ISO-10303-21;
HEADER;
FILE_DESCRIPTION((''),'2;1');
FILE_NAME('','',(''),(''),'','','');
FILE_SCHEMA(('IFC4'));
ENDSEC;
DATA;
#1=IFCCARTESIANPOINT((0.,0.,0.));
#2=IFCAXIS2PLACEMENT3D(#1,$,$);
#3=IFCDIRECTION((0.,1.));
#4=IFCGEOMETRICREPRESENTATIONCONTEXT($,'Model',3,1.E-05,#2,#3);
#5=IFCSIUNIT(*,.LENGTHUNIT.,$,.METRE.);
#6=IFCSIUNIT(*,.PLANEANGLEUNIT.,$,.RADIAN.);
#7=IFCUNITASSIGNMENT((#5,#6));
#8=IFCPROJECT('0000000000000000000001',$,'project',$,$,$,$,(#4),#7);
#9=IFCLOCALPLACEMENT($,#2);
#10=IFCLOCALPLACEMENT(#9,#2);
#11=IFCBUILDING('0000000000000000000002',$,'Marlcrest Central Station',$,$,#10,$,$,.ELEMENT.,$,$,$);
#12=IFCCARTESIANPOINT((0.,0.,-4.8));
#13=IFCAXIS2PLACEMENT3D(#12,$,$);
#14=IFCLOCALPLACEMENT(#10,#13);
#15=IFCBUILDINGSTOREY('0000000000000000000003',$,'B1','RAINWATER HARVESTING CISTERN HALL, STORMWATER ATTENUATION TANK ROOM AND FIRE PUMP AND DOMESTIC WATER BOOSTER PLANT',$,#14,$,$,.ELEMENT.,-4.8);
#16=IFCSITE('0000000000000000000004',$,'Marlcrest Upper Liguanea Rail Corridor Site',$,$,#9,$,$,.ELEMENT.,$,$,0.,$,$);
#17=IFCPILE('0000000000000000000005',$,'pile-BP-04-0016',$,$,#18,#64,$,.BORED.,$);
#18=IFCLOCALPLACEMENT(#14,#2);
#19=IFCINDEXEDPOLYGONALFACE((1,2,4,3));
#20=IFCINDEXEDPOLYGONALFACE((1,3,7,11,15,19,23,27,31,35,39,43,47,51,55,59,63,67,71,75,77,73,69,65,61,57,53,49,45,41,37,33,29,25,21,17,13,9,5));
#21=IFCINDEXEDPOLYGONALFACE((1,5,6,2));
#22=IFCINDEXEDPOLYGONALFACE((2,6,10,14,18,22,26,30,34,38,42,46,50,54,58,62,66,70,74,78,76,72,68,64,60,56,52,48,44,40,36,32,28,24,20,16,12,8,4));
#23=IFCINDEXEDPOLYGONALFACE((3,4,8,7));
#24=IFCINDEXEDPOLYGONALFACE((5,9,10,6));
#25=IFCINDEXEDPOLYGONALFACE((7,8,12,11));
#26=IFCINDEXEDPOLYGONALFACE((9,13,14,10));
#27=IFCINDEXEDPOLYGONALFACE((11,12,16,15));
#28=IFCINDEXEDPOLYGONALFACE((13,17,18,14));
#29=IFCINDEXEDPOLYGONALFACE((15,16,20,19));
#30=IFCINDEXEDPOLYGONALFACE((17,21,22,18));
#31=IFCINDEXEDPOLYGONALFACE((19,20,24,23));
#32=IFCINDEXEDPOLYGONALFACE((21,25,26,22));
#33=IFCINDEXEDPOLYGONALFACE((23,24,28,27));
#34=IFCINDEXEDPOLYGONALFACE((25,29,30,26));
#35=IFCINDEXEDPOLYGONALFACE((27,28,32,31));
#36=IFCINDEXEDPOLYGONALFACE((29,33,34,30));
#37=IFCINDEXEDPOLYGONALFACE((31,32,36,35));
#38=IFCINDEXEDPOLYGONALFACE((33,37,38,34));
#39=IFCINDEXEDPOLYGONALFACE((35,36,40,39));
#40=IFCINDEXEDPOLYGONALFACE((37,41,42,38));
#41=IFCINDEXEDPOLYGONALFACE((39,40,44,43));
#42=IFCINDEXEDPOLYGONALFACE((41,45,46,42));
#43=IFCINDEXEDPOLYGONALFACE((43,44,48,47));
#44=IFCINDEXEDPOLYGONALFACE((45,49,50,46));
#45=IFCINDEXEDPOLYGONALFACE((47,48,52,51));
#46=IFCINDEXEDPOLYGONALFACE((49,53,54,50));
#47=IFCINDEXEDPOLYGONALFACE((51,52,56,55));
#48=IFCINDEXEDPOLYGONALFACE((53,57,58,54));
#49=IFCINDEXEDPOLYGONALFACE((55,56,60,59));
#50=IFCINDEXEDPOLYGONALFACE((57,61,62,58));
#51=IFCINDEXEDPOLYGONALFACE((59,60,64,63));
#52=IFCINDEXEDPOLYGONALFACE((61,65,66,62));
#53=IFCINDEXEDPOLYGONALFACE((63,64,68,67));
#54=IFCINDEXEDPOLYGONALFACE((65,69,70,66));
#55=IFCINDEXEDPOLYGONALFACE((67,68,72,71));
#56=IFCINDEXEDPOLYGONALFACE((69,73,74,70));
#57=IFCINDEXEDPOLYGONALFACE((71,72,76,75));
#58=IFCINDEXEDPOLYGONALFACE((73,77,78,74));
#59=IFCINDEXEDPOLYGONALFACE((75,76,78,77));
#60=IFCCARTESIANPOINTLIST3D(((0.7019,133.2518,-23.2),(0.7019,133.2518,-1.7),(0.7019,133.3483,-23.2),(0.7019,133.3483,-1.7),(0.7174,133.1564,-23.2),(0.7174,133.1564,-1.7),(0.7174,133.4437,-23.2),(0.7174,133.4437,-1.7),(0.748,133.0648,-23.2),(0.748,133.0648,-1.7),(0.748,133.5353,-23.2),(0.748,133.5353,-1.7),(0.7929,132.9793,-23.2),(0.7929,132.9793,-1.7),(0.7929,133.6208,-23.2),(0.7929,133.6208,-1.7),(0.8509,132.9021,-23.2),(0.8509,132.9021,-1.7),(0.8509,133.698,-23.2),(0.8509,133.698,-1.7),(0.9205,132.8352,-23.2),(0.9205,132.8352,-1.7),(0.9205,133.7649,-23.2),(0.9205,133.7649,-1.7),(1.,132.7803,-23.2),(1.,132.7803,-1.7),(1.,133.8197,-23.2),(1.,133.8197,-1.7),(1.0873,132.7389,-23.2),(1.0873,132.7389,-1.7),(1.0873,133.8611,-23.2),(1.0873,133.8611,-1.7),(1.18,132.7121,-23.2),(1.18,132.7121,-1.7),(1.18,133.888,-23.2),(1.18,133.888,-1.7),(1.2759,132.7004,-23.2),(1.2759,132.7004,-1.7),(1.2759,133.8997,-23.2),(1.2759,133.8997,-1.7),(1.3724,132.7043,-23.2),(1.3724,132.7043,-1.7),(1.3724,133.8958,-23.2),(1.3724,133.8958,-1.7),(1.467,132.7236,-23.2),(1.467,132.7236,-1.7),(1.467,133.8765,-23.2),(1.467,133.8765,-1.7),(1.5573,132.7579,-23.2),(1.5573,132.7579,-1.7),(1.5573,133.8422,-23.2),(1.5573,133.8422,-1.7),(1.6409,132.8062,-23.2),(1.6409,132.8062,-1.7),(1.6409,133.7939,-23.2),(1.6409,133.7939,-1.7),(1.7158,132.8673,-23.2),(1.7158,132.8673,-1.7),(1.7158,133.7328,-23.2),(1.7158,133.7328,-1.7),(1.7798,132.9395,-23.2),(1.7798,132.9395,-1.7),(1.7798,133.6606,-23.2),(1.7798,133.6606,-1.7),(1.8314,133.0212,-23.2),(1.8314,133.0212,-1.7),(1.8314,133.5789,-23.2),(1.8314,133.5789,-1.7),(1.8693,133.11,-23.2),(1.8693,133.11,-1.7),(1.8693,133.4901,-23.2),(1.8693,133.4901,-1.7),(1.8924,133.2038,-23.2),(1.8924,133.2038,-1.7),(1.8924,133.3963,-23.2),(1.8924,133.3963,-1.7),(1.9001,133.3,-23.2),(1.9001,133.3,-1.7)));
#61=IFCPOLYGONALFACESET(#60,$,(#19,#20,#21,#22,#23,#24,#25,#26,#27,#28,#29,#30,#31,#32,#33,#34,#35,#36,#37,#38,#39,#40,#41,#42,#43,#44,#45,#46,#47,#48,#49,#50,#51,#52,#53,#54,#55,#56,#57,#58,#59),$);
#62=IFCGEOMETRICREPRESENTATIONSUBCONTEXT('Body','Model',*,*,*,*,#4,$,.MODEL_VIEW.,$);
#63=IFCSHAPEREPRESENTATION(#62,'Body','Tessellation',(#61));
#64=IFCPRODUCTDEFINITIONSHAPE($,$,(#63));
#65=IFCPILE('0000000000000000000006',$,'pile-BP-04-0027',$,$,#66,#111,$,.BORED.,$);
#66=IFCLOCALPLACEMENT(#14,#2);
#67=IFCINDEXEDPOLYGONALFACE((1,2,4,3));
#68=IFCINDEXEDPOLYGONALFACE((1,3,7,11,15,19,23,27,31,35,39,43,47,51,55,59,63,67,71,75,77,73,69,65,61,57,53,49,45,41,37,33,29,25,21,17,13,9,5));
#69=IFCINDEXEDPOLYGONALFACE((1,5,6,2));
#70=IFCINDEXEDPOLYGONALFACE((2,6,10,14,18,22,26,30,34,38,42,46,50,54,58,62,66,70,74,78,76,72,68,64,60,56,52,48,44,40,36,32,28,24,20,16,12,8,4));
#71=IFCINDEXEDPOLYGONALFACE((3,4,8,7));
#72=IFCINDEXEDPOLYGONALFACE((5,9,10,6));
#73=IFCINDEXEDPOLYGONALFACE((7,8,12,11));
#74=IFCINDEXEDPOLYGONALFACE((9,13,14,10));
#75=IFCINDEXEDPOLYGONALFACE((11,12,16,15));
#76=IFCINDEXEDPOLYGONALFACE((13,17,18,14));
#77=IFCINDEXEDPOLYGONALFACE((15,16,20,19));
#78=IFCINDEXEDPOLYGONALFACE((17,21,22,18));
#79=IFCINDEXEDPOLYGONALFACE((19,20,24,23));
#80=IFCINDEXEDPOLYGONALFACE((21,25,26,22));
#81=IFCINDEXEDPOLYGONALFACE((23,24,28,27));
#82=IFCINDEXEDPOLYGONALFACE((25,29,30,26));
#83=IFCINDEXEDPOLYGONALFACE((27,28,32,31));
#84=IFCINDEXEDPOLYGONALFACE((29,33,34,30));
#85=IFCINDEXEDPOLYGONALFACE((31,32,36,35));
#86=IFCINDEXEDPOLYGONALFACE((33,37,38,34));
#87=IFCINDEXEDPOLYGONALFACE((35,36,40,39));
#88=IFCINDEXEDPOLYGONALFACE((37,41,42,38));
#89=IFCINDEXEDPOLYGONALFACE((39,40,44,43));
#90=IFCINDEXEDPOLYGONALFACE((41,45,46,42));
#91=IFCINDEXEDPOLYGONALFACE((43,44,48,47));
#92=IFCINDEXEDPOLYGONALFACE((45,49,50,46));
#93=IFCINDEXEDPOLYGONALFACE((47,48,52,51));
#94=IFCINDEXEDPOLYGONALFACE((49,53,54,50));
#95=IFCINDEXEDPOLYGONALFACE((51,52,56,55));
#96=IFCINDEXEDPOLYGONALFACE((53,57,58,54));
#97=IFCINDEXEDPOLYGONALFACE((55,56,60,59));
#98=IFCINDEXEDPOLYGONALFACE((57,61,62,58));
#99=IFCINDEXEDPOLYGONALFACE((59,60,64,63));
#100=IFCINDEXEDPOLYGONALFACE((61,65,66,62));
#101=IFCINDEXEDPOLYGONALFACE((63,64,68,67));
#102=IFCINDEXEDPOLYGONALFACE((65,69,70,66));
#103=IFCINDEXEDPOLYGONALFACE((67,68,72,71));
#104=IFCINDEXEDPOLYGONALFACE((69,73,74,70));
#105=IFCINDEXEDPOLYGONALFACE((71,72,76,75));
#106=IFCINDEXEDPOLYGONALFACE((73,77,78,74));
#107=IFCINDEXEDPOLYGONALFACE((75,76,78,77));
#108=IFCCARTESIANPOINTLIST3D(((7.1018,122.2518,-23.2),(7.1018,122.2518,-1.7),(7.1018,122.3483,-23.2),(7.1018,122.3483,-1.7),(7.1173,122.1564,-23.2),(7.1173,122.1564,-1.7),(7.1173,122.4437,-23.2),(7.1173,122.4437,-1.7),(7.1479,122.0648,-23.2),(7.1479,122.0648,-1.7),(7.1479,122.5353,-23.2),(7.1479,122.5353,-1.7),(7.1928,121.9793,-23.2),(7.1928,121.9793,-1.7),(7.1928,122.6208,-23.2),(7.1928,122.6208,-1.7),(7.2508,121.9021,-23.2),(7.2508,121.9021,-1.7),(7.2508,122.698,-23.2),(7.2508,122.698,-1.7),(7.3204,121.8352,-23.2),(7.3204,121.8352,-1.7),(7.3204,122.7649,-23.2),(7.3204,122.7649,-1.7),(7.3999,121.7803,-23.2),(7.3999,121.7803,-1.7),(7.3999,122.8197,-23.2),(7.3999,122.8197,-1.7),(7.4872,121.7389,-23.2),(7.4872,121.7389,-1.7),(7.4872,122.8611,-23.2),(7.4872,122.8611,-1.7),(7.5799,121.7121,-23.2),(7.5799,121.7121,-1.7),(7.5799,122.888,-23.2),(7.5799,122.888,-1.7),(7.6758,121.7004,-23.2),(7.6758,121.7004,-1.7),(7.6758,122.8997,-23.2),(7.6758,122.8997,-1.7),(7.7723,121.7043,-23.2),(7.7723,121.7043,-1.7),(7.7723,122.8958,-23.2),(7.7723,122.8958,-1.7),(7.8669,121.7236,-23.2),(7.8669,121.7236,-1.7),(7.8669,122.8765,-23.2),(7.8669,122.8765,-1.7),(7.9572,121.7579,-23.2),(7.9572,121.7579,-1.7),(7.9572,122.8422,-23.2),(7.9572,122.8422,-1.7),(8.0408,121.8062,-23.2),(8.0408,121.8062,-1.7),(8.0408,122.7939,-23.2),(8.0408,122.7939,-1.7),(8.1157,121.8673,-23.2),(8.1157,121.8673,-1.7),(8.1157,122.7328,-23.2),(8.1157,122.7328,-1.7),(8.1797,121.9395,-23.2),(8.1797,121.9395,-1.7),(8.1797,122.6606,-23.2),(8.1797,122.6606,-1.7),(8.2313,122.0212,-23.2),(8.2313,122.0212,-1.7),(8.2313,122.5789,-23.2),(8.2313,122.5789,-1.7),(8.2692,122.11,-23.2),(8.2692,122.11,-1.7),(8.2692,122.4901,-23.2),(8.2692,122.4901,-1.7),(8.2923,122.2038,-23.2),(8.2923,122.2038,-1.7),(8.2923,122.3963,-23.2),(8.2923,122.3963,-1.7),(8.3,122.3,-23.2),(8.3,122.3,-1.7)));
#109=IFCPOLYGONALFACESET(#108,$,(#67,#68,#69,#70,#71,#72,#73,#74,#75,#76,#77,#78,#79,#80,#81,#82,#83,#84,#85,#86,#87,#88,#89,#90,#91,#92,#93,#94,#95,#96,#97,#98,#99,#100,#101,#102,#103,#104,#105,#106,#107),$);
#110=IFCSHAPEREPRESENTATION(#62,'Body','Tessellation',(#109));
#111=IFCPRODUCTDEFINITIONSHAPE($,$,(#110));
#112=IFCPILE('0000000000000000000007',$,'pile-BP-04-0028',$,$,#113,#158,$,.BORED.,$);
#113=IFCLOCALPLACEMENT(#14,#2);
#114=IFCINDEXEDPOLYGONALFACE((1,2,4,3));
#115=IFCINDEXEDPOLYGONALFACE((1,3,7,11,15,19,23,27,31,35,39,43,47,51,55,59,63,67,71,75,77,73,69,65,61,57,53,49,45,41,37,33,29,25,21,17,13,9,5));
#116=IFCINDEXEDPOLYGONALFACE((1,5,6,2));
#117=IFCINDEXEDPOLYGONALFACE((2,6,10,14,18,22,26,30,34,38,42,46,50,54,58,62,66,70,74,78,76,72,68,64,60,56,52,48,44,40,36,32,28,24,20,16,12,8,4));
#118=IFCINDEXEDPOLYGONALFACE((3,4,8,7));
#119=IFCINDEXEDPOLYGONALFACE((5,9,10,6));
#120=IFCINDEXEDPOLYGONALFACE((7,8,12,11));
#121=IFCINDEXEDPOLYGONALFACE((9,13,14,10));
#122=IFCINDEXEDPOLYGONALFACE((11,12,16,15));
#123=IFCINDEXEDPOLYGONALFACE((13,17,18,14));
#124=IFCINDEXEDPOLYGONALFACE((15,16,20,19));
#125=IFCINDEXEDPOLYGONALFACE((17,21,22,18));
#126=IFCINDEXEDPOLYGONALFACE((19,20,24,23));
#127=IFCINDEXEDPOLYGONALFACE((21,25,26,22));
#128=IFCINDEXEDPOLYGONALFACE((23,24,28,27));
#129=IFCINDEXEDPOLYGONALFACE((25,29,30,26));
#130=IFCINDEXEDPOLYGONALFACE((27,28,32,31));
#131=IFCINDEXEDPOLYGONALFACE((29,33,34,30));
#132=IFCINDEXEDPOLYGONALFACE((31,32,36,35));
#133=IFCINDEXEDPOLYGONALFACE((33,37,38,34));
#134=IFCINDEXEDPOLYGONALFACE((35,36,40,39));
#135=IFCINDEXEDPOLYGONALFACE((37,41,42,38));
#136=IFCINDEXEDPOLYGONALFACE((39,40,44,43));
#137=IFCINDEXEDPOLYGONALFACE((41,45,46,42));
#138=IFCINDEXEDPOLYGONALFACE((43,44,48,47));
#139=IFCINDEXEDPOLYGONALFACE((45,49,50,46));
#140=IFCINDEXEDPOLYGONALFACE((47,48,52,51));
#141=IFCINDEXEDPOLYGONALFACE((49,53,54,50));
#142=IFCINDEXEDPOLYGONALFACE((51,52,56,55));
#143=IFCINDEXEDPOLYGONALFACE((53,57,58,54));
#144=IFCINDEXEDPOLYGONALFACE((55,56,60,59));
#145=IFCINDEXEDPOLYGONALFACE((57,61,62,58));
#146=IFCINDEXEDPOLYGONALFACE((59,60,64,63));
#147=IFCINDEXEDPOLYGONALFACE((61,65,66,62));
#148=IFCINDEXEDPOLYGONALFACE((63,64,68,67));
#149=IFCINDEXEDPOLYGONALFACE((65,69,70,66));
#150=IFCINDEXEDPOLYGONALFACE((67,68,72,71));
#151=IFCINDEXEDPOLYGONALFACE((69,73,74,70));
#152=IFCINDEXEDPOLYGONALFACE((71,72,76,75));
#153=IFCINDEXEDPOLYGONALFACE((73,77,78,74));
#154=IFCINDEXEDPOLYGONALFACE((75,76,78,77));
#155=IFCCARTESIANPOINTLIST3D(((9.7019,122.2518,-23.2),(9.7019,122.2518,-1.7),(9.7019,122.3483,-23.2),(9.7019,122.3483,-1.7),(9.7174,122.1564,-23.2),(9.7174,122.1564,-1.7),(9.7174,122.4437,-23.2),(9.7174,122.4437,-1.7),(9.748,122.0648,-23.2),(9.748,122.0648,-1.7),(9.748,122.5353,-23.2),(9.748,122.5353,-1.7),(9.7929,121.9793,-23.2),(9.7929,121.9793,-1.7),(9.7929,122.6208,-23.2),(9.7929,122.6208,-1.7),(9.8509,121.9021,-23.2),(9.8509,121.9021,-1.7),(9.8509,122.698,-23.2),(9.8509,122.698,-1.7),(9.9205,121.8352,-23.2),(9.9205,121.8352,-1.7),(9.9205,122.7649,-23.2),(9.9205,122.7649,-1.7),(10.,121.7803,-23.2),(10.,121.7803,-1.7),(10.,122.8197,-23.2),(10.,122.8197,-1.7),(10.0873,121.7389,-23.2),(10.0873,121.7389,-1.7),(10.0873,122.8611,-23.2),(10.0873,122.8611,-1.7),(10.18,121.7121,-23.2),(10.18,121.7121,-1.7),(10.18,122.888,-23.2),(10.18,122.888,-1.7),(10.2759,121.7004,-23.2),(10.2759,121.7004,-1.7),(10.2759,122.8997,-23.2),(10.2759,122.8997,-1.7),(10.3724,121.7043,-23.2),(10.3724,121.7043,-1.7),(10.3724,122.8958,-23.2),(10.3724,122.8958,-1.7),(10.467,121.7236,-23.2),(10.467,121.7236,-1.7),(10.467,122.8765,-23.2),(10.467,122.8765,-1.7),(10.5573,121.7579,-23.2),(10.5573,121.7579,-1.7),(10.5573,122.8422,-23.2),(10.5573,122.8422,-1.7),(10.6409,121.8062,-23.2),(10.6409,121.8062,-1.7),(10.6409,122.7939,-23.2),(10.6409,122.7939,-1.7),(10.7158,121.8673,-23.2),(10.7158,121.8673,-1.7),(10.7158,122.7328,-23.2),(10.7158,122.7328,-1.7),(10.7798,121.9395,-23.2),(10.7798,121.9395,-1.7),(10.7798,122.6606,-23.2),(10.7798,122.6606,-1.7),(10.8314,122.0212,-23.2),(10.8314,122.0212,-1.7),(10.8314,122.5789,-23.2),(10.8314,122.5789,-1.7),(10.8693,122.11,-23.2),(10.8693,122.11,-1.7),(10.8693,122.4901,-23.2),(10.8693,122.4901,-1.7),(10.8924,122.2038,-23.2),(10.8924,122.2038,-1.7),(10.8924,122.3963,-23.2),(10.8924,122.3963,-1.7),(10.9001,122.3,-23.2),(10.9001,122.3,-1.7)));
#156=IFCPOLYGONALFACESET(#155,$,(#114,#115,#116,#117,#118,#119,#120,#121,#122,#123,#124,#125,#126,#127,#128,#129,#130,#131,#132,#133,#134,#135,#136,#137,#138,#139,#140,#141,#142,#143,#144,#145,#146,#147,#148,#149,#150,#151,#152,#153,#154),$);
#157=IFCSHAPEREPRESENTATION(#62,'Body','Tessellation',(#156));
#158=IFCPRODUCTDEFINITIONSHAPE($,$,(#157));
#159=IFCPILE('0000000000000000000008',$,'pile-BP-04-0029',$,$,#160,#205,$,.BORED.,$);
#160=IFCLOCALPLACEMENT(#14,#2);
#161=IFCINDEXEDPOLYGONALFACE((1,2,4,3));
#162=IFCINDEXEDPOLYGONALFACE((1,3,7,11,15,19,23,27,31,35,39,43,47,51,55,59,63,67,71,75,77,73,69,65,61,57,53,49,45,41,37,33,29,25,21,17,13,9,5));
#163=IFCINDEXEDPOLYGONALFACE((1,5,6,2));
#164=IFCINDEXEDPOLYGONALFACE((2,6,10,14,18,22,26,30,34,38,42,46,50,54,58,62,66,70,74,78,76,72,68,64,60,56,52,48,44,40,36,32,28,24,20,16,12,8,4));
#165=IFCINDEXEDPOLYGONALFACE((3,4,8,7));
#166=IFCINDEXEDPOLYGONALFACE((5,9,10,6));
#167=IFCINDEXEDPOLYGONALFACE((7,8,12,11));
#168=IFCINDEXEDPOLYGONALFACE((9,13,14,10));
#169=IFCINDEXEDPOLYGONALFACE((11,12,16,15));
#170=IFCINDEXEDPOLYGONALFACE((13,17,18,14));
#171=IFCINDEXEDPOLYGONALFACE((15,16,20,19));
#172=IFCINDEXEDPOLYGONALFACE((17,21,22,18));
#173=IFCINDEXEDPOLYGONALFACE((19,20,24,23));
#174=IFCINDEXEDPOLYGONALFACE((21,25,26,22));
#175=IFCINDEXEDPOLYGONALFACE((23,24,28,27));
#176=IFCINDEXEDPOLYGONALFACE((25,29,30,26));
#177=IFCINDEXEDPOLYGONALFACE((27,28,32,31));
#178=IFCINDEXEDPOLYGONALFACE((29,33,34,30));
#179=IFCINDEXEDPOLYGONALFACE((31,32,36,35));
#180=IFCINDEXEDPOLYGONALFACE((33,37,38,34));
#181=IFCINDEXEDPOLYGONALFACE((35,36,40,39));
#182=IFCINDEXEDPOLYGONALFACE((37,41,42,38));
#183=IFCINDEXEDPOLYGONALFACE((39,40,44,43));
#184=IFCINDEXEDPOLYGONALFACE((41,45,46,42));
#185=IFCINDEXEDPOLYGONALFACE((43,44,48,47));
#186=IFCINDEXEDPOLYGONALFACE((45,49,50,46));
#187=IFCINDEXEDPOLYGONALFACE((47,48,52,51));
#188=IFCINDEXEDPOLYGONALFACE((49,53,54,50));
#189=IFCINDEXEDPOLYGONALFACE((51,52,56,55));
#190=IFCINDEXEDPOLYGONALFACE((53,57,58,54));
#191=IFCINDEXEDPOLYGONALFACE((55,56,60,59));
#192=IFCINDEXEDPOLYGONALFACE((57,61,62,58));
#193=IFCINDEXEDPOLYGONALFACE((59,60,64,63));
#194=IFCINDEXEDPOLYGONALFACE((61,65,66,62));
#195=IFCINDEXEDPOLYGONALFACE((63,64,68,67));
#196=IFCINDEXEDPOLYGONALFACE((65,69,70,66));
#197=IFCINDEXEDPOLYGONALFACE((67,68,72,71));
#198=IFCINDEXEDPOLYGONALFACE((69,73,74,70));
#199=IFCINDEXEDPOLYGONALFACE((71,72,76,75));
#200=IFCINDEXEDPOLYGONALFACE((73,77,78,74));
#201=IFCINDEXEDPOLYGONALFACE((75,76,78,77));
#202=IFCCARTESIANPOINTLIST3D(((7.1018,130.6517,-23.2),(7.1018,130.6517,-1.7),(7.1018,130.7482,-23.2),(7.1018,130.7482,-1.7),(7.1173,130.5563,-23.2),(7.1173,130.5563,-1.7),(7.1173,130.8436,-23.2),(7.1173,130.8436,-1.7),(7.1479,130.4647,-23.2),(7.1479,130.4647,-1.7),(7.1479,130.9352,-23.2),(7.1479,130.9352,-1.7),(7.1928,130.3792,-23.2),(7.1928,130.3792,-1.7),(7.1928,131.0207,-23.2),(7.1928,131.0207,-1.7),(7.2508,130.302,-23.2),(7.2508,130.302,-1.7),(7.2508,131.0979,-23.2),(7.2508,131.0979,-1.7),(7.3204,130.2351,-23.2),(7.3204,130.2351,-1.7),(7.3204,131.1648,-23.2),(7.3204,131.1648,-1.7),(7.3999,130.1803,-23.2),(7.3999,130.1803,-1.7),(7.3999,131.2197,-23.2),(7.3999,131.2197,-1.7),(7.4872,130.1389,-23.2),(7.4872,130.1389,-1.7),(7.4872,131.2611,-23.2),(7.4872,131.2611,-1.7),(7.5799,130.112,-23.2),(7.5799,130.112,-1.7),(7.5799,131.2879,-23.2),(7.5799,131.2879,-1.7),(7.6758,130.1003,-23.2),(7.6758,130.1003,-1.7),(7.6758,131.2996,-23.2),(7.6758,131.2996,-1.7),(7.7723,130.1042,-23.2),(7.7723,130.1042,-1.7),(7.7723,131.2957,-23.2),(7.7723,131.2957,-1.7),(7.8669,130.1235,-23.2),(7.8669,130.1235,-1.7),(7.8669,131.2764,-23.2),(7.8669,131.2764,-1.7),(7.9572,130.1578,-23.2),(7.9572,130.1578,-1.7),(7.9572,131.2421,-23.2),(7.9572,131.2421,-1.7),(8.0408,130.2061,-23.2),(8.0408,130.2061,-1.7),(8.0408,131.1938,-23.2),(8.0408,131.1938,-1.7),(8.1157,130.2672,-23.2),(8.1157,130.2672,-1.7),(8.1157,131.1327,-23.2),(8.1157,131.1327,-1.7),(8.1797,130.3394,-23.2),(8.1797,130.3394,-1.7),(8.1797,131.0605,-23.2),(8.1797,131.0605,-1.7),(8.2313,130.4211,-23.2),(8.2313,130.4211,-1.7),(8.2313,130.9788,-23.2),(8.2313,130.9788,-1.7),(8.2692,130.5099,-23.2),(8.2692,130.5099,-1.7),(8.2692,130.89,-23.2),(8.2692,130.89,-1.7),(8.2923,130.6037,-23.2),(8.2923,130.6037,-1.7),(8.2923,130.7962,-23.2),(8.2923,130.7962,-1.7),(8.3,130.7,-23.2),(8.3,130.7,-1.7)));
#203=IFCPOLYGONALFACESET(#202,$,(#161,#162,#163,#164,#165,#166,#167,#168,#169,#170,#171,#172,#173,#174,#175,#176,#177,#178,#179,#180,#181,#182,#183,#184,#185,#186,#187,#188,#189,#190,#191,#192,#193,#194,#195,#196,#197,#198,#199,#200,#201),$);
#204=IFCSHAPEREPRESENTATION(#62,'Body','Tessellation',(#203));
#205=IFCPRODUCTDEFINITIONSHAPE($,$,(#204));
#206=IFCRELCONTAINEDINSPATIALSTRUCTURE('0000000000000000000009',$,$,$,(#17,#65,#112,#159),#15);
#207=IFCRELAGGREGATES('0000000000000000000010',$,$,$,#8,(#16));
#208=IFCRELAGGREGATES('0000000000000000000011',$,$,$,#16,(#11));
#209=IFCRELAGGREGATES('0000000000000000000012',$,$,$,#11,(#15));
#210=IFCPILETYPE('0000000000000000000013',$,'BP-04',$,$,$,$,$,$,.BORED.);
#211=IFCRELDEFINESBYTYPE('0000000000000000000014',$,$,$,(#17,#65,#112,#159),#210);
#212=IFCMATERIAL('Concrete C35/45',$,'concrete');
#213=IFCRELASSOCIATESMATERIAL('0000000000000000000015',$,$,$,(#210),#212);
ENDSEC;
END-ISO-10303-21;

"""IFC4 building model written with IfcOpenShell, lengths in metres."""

from ifc_helpers import new_model, si_unit, direction, frame, origin, origin_2d, place, context, subcontext, project, spatial, circle, extrude, material, material_profile, profile_set, type_object, element, save


model = new_model("IFC4")

# Units and contexts
model_context = context("Model", 3, precision=1e-05, world=origin(), true_north=direction((0.0, 1.0)))
body_context = subcontext(model_context, "Body", "Model", "MODEL_VIEW")
ifc_project = project(units=[si_unit("LENGTHUNIT", "METRE"), si_unit("PLANEANGLEUNIT", "RADIAN")], contexts=[model_context])

# Site, building, storey
site_placement = place(None, origin())
site = spatial("IfcSite", under=ifc_project, at=site_placement, Name="Marlcrest Upper Liguanea Rail Corridor Site", CompositionType="ELEMENT", RefElevation=0.0)
building_placement = place(site_placement, origin())
building = spatial("IfcBuilding", under=site, at=building_placement, Name="Marlcrest Central Station", CompositionType="ELEMENT")
storey_placement = place(building_placement, frame((0.0, 0.0, -4.8)))
storey = spatial("IfcBuildingStorey", under=building, at=storey_placement, Name="B1", Description="RAINWATER HARVESTING CISTERN HALL, STORMWATER ATTENUATION TANK ROOM AND FIRE PUMP AND DOMESTIC WATER BOOSTER PLANT", CompositionType="ELEMENT", Elevation=-4.8)

# Piles
ifc_material_1 = material(Name="Concrete C35/45", Category="concrete")
ifc_material_profile_1 = material_profile(ifc_material_1, circle(Radius=0.6001, at=origin_2d()), Name="PILE D1200")
ifc_profile_set_1 = profile_set([ifc_material_profile_1], Name="Concrete C35/45")
pile_type = type_object("IfcPileType", Name="BP-04", PredefinedType="BORED", material=ifc_profile_set_1)
for number, where, z_axis, x_axis, name in (
    (1, (1.3, 133.3, -1.7), (0.0, 0.0, -1.0), (1.0, 0.0, 0.0), "pile-BP-04-0016"),
    (2, (7.7, 122.3, -1.7), (0.0, 0.0, -1.0), (1.0, 0.0, 0.0), "pile-BP-04-0027"),
    (3, (10.3, 122.3, -1.7), (0.0, 0.0, -1.0), (1.0, 0.0, 0.0), "pile-BP-04-0028"),
    (4, (7.7, 130.7, -1.7), (0.0, 0.0, -1.0), (1.0, 0.0, 0.0), "pile-BP-04-0029"),
):
    element("IfcPile", number, at=place(storey_placement, frame(where, z_axis=z_axis, x_axis=x_axis)), inside=storey, type_object=pile_type, Name=name, PredefinedType="BORED", context=body_context, shape_type="SweptSolid", body=[
        extrude(circle(Radius=0.6001, at=origin_2d()), origin(), (0.0, 0.0, 1.0), 21.5),
    ])

save(model, "model.ifc")
